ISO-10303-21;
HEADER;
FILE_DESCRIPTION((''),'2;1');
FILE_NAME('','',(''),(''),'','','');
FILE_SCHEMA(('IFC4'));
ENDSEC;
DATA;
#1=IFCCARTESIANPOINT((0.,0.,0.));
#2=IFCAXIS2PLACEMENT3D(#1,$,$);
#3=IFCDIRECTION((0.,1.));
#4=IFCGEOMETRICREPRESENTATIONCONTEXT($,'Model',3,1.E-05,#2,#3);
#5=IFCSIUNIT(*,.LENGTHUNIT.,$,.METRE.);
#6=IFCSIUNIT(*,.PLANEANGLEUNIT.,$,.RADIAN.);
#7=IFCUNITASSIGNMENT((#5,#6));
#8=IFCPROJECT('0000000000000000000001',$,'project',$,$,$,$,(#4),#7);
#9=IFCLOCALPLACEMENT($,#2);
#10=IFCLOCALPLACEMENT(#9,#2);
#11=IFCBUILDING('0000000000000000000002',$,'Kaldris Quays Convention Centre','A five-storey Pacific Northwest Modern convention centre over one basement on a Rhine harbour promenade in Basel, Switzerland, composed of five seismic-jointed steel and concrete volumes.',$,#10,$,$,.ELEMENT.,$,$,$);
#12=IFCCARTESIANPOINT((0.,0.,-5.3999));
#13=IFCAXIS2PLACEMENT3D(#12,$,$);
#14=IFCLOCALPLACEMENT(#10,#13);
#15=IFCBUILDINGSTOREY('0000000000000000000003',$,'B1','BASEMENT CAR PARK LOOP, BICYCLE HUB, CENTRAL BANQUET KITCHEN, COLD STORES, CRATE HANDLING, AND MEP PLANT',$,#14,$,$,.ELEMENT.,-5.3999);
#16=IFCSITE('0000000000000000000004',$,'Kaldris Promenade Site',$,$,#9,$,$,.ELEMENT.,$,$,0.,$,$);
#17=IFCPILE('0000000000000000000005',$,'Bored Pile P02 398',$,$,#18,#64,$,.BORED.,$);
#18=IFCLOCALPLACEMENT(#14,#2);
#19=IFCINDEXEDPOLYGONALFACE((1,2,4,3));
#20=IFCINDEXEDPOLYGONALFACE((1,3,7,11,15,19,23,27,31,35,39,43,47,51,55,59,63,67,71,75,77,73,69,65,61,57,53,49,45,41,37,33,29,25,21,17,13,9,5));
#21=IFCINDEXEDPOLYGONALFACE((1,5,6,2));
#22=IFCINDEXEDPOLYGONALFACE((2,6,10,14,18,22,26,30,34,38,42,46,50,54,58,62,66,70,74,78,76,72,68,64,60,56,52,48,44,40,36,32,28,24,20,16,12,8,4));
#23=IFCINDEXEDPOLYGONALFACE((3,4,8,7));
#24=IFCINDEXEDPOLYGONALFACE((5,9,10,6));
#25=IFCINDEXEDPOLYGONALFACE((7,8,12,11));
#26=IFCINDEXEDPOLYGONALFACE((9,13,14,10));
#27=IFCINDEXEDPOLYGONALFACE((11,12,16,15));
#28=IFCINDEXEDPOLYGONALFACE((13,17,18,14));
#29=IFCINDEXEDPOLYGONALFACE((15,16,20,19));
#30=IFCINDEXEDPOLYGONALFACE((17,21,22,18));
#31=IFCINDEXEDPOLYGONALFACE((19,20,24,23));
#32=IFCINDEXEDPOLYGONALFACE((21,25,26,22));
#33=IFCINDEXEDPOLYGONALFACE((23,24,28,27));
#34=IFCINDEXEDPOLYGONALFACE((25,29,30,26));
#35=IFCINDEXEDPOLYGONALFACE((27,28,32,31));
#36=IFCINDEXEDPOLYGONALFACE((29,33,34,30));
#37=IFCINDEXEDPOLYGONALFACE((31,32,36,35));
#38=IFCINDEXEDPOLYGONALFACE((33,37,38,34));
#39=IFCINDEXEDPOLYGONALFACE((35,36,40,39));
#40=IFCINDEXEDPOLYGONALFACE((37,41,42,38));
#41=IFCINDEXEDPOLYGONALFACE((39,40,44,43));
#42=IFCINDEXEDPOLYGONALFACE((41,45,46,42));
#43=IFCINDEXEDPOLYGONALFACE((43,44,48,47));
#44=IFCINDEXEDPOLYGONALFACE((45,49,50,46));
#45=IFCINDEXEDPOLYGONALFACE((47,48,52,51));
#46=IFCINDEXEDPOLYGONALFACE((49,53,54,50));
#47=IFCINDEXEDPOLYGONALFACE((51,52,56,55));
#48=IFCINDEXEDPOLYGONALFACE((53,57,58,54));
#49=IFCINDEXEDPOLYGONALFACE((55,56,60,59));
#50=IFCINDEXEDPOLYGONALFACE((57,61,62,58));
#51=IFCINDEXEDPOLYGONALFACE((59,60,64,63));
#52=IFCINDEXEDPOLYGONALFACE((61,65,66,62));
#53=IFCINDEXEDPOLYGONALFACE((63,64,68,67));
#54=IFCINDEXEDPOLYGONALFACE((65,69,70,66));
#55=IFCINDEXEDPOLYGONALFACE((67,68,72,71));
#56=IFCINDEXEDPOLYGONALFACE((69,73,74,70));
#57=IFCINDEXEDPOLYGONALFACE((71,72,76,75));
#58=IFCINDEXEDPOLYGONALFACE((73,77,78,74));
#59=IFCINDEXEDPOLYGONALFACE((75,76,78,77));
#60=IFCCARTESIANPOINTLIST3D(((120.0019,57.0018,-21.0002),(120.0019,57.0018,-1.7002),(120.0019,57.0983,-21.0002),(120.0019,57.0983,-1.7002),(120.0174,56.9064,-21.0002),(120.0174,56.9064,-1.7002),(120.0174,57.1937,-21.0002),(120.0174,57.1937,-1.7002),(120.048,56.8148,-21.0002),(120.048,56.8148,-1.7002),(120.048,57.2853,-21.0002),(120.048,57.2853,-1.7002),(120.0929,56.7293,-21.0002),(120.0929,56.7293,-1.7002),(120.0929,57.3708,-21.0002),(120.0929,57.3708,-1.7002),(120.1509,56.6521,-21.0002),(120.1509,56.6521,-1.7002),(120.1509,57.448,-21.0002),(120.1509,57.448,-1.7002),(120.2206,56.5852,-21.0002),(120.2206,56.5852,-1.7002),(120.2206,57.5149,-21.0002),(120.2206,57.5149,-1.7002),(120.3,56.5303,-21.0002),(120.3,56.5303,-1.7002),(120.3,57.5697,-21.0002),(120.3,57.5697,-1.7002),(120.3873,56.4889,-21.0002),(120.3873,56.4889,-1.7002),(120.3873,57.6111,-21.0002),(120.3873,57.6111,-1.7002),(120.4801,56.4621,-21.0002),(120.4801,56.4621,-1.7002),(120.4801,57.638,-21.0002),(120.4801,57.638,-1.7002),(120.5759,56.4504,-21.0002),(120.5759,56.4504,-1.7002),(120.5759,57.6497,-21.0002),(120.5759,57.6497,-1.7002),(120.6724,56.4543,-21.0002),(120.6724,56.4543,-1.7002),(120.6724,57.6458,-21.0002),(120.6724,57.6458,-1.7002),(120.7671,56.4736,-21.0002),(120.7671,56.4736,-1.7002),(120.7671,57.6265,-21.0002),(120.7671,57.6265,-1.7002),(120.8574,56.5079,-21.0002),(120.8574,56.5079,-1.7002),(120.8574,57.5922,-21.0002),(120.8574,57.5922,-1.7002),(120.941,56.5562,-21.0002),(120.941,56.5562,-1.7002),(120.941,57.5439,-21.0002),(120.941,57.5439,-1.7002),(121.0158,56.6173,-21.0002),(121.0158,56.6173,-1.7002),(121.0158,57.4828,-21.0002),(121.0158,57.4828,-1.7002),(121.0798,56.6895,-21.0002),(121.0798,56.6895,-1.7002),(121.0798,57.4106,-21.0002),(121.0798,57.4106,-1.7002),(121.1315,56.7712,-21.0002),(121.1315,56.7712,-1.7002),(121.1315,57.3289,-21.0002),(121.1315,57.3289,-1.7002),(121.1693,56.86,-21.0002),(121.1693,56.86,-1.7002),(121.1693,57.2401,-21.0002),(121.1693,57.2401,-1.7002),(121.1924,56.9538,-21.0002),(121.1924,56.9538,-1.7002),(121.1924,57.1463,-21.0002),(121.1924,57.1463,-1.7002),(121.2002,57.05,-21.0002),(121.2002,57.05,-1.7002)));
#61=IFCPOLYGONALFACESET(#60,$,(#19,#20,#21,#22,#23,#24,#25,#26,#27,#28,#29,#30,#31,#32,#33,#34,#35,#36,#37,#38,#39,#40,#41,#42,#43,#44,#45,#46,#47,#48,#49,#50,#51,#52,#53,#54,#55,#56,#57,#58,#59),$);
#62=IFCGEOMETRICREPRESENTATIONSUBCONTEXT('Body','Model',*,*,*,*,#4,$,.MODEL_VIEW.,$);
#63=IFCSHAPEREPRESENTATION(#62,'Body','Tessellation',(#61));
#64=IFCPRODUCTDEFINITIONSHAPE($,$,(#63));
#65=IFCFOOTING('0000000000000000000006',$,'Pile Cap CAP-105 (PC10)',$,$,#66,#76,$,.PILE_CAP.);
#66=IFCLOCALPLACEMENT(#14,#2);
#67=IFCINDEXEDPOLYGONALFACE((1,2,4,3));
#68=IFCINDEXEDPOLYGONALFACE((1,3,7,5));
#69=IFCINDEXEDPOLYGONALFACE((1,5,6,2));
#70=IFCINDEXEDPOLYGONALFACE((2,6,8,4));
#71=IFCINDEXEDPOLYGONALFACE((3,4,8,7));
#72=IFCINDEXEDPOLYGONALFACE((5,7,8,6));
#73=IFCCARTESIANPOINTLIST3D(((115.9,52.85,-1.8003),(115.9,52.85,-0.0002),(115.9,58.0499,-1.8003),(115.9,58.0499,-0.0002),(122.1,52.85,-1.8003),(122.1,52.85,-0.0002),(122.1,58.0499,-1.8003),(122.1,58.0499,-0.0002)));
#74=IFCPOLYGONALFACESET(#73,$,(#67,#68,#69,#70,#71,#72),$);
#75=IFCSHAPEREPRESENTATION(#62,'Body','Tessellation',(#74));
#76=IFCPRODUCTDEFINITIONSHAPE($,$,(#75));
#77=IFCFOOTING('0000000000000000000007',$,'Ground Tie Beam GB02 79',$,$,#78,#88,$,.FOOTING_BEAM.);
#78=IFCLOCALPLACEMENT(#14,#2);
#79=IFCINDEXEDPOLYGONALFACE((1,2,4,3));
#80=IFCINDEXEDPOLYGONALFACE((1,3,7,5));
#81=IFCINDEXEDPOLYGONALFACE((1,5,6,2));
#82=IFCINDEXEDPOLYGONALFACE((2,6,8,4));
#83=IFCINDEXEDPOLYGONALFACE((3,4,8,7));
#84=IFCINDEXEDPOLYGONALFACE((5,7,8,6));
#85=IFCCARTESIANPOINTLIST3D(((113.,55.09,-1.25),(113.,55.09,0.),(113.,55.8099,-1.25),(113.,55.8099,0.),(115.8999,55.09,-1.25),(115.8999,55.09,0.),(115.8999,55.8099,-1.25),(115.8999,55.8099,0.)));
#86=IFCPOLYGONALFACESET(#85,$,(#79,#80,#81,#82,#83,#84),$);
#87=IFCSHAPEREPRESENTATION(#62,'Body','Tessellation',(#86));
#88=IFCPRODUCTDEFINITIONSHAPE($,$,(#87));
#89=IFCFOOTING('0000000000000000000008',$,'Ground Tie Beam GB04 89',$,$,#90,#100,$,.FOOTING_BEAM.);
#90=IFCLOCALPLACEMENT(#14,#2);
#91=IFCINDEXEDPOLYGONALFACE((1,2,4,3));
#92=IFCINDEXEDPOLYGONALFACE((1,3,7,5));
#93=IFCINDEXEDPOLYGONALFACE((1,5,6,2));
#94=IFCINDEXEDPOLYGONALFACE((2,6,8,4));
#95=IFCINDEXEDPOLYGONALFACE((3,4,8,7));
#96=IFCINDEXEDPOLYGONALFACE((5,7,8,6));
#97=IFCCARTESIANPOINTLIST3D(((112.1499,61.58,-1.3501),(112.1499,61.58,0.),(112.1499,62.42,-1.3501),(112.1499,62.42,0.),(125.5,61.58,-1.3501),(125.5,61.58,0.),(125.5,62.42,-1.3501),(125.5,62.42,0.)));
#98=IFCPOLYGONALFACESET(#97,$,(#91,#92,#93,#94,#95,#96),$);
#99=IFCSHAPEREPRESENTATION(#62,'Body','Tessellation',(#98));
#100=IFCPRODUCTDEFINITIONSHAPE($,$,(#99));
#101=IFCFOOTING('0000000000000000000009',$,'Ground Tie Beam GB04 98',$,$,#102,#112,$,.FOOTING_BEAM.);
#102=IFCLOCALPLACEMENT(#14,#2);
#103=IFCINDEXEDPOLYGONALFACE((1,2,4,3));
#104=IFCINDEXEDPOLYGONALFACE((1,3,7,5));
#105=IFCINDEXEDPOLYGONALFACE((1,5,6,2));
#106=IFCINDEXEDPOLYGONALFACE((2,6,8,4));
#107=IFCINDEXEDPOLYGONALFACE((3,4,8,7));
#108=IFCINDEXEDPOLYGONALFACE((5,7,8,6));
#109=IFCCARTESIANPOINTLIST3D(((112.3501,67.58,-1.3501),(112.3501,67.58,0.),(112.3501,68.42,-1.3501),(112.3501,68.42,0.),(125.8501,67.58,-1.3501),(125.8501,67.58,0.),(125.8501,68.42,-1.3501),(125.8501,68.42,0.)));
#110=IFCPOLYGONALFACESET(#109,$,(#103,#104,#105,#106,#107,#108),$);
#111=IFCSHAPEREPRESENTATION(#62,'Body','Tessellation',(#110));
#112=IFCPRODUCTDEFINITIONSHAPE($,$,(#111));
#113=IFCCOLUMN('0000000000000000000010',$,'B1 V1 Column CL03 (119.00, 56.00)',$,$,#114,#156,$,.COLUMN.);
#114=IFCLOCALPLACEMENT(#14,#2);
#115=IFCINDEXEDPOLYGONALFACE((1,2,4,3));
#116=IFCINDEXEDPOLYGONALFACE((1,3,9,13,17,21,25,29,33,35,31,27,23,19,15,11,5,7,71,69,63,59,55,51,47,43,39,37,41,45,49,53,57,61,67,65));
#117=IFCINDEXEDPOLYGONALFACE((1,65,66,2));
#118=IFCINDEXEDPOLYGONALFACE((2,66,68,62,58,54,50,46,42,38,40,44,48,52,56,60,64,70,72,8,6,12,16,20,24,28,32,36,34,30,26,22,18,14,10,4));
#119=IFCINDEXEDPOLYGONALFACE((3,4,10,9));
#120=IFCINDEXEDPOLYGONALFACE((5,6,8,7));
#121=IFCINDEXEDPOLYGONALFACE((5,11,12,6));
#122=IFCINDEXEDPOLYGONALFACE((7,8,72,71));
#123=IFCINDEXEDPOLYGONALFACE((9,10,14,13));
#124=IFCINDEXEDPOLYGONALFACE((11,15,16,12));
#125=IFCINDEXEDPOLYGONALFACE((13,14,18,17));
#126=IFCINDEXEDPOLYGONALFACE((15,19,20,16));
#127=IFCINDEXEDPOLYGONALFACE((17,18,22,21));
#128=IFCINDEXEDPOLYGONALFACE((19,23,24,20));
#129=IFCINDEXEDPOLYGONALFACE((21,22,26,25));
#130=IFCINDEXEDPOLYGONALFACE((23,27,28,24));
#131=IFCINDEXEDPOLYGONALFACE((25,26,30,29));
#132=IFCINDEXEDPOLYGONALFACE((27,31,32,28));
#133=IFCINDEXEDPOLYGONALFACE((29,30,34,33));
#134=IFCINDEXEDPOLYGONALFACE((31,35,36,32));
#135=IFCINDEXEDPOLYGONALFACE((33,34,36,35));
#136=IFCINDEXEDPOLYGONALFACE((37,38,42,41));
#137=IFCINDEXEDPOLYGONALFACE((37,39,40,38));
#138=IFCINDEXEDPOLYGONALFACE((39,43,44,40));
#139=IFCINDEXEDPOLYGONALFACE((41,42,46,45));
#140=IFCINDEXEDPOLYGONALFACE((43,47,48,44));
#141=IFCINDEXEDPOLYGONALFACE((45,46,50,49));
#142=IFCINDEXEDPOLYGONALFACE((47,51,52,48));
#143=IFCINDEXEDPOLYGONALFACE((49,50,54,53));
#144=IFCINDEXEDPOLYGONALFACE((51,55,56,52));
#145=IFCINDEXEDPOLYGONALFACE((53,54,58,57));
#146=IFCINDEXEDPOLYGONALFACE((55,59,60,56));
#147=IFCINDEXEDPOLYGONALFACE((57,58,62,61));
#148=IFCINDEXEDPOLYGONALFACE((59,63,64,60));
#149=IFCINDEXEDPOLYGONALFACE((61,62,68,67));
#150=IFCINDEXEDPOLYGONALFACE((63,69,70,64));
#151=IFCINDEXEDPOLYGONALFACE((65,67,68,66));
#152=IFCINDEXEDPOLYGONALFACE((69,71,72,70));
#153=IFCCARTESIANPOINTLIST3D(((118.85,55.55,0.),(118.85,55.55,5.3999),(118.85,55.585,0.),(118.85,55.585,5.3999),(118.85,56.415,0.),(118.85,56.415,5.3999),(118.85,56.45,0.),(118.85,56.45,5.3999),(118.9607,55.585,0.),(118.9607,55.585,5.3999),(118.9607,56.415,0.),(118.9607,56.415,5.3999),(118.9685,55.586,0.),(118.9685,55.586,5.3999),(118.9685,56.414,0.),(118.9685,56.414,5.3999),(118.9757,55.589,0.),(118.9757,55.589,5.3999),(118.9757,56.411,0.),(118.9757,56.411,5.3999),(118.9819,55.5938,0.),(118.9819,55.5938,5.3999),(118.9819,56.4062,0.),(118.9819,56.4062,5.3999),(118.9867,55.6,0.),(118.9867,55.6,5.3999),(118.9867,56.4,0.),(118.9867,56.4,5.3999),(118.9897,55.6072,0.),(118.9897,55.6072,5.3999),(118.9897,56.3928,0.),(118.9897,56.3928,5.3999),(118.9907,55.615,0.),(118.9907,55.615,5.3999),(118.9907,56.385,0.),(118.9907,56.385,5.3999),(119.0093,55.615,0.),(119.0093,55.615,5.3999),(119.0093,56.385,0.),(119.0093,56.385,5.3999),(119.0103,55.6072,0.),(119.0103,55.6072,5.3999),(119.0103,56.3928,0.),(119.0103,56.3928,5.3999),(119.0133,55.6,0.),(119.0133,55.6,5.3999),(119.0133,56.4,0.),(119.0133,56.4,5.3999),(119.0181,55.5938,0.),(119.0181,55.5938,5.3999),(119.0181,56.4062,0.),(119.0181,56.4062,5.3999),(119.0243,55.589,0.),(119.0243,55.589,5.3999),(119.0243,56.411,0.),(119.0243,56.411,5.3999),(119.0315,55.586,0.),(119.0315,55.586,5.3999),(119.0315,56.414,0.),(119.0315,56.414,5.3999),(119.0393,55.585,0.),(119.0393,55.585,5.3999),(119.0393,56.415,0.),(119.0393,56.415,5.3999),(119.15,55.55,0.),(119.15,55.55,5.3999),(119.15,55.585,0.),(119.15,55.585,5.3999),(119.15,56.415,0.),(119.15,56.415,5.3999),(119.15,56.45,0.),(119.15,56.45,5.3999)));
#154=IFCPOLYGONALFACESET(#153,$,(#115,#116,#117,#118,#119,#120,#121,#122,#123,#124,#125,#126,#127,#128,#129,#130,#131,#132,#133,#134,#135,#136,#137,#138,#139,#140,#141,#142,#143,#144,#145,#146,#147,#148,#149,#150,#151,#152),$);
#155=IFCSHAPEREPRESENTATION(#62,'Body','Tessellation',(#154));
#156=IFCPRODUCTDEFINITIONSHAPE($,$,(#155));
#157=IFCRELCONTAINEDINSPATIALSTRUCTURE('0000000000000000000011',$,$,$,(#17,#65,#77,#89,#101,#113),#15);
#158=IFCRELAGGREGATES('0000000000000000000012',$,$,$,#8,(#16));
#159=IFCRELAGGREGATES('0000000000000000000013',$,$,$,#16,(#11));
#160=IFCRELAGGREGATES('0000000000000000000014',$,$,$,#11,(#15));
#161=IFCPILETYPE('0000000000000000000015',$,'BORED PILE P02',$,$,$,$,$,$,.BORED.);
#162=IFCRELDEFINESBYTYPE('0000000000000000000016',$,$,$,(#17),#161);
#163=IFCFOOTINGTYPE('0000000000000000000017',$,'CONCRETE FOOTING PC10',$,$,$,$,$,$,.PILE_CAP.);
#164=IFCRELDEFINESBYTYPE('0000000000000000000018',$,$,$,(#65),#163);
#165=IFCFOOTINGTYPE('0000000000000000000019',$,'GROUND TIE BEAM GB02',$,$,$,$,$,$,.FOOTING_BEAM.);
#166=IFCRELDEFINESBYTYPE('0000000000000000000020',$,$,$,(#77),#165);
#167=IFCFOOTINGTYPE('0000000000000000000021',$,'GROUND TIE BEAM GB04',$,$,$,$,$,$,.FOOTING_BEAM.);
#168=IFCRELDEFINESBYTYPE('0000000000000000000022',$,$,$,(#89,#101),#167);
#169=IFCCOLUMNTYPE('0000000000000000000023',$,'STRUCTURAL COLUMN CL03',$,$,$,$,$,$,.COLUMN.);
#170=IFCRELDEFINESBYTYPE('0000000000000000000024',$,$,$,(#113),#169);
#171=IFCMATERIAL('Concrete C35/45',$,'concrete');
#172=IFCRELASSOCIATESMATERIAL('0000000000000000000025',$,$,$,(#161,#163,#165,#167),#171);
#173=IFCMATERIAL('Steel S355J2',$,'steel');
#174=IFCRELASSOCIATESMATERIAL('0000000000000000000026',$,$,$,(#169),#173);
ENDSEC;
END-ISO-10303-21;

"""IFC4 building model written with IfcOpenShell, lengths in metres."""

from ifc_helpers import new_model, si_unit, direction, frame, origin, origin_2d, place, context, subcontext, project, spatial, rectangle, circle, i_section, extrude, material, material_profile, profile_set, type_object, element, save


model = new_model("IFC4")

# Units and contexts
model_context = context("Model", 3, precision=1e-05, world=origin(), true_north=direction((0.0, 1.0)))
body_context = subcontext(model_context, "Body", "Model", "MODEL_VIEW")
ifc_project = project(units=[si_unit("LENGTHUNIT", "METRE"), si_unit("PLANEANGLEUNIT", "RADIAN")], contexts=[model_context])

# Site, building, storey
site_placement = place(None, origin())
site = spatial("IfcSite", under=ifc_project, at=site_placement, Name="Kaldris Promenade Site", CompositionType="ELEMENT", RefElevation=0.0)
building_placement = place(site_placement, origin())
building = spatial("IfcBuilding", under=site, at=building_placement, Name="Kaldris Quays Convention Centre", Description="A five-storey Pacific Northwest Modern convention centre over one basement on a Rhine harbour promenade in Basel, Switzerland, composed of five seismic-jointed steel and concrete volumes.", CompositionType="ELEMENT")
storey_placement = place(building_placement, frame((0.0, 0.0, -5.3999)))
storey = spatial("IfcBuildingStorey", under=building, at=storey_placement, Name="B1", Description="BASEMENT CAR PARK LOOP, BICYCLE HUB, CENTRAL BANQUET KITCHEN, COLD STORES, CRATE HANDLING, AND MEP PLANT", CompositionType="ELEMENT", Elevation=-5.3999)

# Pile
ifc_material_1 = material(Name="Concrete C35/45", Category="concrete")
ifc_material_profile_1 = material_profile(ifc_material_1, circle(Radius=0.6001, at=origin_2d()), Name="BORED PILE D1200")
ifc_profile_set_1 = profile_set([ifc_material_profile_1], Name="Concrete C35/45")
pile_type_1 = type_object("IfcPileType", Name="BORED PILE P02", PredefinedType="BORED", material=ifc_profile_set_1)
for number, where, z_axis, x_axis, name in (
    (1, (120.6001, 57.05, -1.7002), (0.0, 0.0, -1.0), (1.0, 0.0, 0.0), "Bored Pile P02 398"),
):
    element("IfcPile", number, at=place(storey_placement, frame(where, z_axis=z_axis, x_axis=x_axis)), inside=storey, type_object=pile_type_1, Name=name, PredefinedType="BORED", context=body_context, shape_type="SweptSolid", body=[
        extrude(circle(Radius=0.6001, at=origin_2d()), origin(), (0.0, 0.0, 1.0), 19.3),
    ])

# Footings
footing_type_1 = type_object("IfcFootingType", Name="CONCRETE FOOTING PC10", PredefinedType="PILE_CAP", material=ifc_material_1)
footing_1_placement = place(storey_placement, frame((119.0, 55.45, -1.8003), z_axis=(0.0, 0.0, 1.0), x_axis=(1.0, 0.0, 0.0)))
element("IfcFooting", 2, at=footing_1_placement, inside=storey, type_object=footing_type_1, Name="Pile Cap CAP-105 (PC10)", PredefinedType="PILE_CAP", context=body_context, shape_type="SweptSolid", body=[
    extrude(rectangle(XDim=6.2, YDim=5.2, at=origin_2d()), origin(), (0.0, 0.0, 1.0), 1.8),
])
footing_type_2 = type_object("IfcFootingType", Name="GROUND TIE BEAM GB02", PredefinedType="FOOTING_BEAM", material=ifc_material_1)
footing_2_placement = place(storey_placement, frame((114.45, 55.45, -1.25), z_axis=(0.0, 0.0, 1.0), x_axis=(1.0, 0.0, 0.0)))
element("IfcFooting", 3, at=footing_2_placement, inside=storey, type_object=footing_type_2, Name="Ground Tie Beam GB02 79", PredefinedType="FOOTING_BEAM", context=body_context, shape_type="SweptSolid", body=[
    extrude(rectangle(XDim=2.8999, YDim=0.72, at=origin_2d()), origin(), (0.0, 0.0, 1.0), 1.25),
])
footing_type_3 = type_object("IfcFootingType", Name="GROUND TIE BEAM GB04", PredefinedType="FOOTING_BEAM", material=ifc_material_1)
footing_3_placement = place(storey_placement, frame((118.825, 62.0, -1.3501), z_axis=(0.0, 0.0, 1.0), x_axis=(1.0, 0.0, 0.0)))
element("IfcFooting", 4, at=footing_3_placement, inside=storey, type_object=footing_type_3, Name="Ground Tie Beam GB04 89", PredefinedType="FOOTING_BEAM", context=body_context, shape_type="SweptSolid", body=[
    extrude(rectangle(XDim=13.3501, YDim=0.8401, at=origin_2d()), origin(), (0.0, 0.0, 1.0), 1.3501),
])
footing_4_placement = place(storey_placement, frame((119.1001, 68.0, -1.3501), z_axis=(0.0, 0.0, 1.0), x_axis=(1.0, 0.0, 0.0)))
element("IfcFooting", 5, at=footing_4_placement, inside=storey, type_object=footing_type_3, Name="Ground Tie Beam GB04 98", PredefinedType="FOOTING_BEAM", context=body_context, shape_type="SweptSolid", body=[
    extrude(rectangle(XDim=13.5, YDim=0.8401, at=origin_2d()), origin(), (0.0, 0.0, 1.0), 1.3501),
])

# Column
ifc_material_2 = material(Name="Steel S355J2", Category="steel")
ifc_material_profile_2 = material_profile(ifc_material_2, i_section(OverallWidth=0.3, OverallDepth=0.8999, WebThickness=0.0186, FlangeThickness=0.0349, FilletRadius=0.03, at=origin_2d()), Name="HEB 900")
ifc_profile_set_2 = profile_set([ifc_material_profile_2], Name="Steel S355J2")
column_type_1 = type_object("IfcColumnType", Name="STRUCTURAL COLUMN CL03", PredefinedType="COLUMN", material=ifc_profile_set_2)
column_1_placement = place(storey_placement, frame((119.0, 56.0, 0.0), z_axis=(0.0, 0.0, 1.0), x_axis=(1.0, 0.0, 0.0)))
element("IfcColumn", 6, at=column_1_placement, inside=storey, type_object=column_type_1, Name="B1 V1 Column CL03 (119.00, 56.00)", PredefinedType="COLUMN", context=body_context, shape_type="SweptSolid", body=[
    extrude(i_section(OverallWidth=0.3, OverallDepth=0.8999, WebThickness=0.0186, FlangeThickness=0.0349, FilletRadius=0.03, at=origin_2d()), origin(), (0.0, 0.0, 1.0), 5.3999),
])

save(model, "model.ifc")
